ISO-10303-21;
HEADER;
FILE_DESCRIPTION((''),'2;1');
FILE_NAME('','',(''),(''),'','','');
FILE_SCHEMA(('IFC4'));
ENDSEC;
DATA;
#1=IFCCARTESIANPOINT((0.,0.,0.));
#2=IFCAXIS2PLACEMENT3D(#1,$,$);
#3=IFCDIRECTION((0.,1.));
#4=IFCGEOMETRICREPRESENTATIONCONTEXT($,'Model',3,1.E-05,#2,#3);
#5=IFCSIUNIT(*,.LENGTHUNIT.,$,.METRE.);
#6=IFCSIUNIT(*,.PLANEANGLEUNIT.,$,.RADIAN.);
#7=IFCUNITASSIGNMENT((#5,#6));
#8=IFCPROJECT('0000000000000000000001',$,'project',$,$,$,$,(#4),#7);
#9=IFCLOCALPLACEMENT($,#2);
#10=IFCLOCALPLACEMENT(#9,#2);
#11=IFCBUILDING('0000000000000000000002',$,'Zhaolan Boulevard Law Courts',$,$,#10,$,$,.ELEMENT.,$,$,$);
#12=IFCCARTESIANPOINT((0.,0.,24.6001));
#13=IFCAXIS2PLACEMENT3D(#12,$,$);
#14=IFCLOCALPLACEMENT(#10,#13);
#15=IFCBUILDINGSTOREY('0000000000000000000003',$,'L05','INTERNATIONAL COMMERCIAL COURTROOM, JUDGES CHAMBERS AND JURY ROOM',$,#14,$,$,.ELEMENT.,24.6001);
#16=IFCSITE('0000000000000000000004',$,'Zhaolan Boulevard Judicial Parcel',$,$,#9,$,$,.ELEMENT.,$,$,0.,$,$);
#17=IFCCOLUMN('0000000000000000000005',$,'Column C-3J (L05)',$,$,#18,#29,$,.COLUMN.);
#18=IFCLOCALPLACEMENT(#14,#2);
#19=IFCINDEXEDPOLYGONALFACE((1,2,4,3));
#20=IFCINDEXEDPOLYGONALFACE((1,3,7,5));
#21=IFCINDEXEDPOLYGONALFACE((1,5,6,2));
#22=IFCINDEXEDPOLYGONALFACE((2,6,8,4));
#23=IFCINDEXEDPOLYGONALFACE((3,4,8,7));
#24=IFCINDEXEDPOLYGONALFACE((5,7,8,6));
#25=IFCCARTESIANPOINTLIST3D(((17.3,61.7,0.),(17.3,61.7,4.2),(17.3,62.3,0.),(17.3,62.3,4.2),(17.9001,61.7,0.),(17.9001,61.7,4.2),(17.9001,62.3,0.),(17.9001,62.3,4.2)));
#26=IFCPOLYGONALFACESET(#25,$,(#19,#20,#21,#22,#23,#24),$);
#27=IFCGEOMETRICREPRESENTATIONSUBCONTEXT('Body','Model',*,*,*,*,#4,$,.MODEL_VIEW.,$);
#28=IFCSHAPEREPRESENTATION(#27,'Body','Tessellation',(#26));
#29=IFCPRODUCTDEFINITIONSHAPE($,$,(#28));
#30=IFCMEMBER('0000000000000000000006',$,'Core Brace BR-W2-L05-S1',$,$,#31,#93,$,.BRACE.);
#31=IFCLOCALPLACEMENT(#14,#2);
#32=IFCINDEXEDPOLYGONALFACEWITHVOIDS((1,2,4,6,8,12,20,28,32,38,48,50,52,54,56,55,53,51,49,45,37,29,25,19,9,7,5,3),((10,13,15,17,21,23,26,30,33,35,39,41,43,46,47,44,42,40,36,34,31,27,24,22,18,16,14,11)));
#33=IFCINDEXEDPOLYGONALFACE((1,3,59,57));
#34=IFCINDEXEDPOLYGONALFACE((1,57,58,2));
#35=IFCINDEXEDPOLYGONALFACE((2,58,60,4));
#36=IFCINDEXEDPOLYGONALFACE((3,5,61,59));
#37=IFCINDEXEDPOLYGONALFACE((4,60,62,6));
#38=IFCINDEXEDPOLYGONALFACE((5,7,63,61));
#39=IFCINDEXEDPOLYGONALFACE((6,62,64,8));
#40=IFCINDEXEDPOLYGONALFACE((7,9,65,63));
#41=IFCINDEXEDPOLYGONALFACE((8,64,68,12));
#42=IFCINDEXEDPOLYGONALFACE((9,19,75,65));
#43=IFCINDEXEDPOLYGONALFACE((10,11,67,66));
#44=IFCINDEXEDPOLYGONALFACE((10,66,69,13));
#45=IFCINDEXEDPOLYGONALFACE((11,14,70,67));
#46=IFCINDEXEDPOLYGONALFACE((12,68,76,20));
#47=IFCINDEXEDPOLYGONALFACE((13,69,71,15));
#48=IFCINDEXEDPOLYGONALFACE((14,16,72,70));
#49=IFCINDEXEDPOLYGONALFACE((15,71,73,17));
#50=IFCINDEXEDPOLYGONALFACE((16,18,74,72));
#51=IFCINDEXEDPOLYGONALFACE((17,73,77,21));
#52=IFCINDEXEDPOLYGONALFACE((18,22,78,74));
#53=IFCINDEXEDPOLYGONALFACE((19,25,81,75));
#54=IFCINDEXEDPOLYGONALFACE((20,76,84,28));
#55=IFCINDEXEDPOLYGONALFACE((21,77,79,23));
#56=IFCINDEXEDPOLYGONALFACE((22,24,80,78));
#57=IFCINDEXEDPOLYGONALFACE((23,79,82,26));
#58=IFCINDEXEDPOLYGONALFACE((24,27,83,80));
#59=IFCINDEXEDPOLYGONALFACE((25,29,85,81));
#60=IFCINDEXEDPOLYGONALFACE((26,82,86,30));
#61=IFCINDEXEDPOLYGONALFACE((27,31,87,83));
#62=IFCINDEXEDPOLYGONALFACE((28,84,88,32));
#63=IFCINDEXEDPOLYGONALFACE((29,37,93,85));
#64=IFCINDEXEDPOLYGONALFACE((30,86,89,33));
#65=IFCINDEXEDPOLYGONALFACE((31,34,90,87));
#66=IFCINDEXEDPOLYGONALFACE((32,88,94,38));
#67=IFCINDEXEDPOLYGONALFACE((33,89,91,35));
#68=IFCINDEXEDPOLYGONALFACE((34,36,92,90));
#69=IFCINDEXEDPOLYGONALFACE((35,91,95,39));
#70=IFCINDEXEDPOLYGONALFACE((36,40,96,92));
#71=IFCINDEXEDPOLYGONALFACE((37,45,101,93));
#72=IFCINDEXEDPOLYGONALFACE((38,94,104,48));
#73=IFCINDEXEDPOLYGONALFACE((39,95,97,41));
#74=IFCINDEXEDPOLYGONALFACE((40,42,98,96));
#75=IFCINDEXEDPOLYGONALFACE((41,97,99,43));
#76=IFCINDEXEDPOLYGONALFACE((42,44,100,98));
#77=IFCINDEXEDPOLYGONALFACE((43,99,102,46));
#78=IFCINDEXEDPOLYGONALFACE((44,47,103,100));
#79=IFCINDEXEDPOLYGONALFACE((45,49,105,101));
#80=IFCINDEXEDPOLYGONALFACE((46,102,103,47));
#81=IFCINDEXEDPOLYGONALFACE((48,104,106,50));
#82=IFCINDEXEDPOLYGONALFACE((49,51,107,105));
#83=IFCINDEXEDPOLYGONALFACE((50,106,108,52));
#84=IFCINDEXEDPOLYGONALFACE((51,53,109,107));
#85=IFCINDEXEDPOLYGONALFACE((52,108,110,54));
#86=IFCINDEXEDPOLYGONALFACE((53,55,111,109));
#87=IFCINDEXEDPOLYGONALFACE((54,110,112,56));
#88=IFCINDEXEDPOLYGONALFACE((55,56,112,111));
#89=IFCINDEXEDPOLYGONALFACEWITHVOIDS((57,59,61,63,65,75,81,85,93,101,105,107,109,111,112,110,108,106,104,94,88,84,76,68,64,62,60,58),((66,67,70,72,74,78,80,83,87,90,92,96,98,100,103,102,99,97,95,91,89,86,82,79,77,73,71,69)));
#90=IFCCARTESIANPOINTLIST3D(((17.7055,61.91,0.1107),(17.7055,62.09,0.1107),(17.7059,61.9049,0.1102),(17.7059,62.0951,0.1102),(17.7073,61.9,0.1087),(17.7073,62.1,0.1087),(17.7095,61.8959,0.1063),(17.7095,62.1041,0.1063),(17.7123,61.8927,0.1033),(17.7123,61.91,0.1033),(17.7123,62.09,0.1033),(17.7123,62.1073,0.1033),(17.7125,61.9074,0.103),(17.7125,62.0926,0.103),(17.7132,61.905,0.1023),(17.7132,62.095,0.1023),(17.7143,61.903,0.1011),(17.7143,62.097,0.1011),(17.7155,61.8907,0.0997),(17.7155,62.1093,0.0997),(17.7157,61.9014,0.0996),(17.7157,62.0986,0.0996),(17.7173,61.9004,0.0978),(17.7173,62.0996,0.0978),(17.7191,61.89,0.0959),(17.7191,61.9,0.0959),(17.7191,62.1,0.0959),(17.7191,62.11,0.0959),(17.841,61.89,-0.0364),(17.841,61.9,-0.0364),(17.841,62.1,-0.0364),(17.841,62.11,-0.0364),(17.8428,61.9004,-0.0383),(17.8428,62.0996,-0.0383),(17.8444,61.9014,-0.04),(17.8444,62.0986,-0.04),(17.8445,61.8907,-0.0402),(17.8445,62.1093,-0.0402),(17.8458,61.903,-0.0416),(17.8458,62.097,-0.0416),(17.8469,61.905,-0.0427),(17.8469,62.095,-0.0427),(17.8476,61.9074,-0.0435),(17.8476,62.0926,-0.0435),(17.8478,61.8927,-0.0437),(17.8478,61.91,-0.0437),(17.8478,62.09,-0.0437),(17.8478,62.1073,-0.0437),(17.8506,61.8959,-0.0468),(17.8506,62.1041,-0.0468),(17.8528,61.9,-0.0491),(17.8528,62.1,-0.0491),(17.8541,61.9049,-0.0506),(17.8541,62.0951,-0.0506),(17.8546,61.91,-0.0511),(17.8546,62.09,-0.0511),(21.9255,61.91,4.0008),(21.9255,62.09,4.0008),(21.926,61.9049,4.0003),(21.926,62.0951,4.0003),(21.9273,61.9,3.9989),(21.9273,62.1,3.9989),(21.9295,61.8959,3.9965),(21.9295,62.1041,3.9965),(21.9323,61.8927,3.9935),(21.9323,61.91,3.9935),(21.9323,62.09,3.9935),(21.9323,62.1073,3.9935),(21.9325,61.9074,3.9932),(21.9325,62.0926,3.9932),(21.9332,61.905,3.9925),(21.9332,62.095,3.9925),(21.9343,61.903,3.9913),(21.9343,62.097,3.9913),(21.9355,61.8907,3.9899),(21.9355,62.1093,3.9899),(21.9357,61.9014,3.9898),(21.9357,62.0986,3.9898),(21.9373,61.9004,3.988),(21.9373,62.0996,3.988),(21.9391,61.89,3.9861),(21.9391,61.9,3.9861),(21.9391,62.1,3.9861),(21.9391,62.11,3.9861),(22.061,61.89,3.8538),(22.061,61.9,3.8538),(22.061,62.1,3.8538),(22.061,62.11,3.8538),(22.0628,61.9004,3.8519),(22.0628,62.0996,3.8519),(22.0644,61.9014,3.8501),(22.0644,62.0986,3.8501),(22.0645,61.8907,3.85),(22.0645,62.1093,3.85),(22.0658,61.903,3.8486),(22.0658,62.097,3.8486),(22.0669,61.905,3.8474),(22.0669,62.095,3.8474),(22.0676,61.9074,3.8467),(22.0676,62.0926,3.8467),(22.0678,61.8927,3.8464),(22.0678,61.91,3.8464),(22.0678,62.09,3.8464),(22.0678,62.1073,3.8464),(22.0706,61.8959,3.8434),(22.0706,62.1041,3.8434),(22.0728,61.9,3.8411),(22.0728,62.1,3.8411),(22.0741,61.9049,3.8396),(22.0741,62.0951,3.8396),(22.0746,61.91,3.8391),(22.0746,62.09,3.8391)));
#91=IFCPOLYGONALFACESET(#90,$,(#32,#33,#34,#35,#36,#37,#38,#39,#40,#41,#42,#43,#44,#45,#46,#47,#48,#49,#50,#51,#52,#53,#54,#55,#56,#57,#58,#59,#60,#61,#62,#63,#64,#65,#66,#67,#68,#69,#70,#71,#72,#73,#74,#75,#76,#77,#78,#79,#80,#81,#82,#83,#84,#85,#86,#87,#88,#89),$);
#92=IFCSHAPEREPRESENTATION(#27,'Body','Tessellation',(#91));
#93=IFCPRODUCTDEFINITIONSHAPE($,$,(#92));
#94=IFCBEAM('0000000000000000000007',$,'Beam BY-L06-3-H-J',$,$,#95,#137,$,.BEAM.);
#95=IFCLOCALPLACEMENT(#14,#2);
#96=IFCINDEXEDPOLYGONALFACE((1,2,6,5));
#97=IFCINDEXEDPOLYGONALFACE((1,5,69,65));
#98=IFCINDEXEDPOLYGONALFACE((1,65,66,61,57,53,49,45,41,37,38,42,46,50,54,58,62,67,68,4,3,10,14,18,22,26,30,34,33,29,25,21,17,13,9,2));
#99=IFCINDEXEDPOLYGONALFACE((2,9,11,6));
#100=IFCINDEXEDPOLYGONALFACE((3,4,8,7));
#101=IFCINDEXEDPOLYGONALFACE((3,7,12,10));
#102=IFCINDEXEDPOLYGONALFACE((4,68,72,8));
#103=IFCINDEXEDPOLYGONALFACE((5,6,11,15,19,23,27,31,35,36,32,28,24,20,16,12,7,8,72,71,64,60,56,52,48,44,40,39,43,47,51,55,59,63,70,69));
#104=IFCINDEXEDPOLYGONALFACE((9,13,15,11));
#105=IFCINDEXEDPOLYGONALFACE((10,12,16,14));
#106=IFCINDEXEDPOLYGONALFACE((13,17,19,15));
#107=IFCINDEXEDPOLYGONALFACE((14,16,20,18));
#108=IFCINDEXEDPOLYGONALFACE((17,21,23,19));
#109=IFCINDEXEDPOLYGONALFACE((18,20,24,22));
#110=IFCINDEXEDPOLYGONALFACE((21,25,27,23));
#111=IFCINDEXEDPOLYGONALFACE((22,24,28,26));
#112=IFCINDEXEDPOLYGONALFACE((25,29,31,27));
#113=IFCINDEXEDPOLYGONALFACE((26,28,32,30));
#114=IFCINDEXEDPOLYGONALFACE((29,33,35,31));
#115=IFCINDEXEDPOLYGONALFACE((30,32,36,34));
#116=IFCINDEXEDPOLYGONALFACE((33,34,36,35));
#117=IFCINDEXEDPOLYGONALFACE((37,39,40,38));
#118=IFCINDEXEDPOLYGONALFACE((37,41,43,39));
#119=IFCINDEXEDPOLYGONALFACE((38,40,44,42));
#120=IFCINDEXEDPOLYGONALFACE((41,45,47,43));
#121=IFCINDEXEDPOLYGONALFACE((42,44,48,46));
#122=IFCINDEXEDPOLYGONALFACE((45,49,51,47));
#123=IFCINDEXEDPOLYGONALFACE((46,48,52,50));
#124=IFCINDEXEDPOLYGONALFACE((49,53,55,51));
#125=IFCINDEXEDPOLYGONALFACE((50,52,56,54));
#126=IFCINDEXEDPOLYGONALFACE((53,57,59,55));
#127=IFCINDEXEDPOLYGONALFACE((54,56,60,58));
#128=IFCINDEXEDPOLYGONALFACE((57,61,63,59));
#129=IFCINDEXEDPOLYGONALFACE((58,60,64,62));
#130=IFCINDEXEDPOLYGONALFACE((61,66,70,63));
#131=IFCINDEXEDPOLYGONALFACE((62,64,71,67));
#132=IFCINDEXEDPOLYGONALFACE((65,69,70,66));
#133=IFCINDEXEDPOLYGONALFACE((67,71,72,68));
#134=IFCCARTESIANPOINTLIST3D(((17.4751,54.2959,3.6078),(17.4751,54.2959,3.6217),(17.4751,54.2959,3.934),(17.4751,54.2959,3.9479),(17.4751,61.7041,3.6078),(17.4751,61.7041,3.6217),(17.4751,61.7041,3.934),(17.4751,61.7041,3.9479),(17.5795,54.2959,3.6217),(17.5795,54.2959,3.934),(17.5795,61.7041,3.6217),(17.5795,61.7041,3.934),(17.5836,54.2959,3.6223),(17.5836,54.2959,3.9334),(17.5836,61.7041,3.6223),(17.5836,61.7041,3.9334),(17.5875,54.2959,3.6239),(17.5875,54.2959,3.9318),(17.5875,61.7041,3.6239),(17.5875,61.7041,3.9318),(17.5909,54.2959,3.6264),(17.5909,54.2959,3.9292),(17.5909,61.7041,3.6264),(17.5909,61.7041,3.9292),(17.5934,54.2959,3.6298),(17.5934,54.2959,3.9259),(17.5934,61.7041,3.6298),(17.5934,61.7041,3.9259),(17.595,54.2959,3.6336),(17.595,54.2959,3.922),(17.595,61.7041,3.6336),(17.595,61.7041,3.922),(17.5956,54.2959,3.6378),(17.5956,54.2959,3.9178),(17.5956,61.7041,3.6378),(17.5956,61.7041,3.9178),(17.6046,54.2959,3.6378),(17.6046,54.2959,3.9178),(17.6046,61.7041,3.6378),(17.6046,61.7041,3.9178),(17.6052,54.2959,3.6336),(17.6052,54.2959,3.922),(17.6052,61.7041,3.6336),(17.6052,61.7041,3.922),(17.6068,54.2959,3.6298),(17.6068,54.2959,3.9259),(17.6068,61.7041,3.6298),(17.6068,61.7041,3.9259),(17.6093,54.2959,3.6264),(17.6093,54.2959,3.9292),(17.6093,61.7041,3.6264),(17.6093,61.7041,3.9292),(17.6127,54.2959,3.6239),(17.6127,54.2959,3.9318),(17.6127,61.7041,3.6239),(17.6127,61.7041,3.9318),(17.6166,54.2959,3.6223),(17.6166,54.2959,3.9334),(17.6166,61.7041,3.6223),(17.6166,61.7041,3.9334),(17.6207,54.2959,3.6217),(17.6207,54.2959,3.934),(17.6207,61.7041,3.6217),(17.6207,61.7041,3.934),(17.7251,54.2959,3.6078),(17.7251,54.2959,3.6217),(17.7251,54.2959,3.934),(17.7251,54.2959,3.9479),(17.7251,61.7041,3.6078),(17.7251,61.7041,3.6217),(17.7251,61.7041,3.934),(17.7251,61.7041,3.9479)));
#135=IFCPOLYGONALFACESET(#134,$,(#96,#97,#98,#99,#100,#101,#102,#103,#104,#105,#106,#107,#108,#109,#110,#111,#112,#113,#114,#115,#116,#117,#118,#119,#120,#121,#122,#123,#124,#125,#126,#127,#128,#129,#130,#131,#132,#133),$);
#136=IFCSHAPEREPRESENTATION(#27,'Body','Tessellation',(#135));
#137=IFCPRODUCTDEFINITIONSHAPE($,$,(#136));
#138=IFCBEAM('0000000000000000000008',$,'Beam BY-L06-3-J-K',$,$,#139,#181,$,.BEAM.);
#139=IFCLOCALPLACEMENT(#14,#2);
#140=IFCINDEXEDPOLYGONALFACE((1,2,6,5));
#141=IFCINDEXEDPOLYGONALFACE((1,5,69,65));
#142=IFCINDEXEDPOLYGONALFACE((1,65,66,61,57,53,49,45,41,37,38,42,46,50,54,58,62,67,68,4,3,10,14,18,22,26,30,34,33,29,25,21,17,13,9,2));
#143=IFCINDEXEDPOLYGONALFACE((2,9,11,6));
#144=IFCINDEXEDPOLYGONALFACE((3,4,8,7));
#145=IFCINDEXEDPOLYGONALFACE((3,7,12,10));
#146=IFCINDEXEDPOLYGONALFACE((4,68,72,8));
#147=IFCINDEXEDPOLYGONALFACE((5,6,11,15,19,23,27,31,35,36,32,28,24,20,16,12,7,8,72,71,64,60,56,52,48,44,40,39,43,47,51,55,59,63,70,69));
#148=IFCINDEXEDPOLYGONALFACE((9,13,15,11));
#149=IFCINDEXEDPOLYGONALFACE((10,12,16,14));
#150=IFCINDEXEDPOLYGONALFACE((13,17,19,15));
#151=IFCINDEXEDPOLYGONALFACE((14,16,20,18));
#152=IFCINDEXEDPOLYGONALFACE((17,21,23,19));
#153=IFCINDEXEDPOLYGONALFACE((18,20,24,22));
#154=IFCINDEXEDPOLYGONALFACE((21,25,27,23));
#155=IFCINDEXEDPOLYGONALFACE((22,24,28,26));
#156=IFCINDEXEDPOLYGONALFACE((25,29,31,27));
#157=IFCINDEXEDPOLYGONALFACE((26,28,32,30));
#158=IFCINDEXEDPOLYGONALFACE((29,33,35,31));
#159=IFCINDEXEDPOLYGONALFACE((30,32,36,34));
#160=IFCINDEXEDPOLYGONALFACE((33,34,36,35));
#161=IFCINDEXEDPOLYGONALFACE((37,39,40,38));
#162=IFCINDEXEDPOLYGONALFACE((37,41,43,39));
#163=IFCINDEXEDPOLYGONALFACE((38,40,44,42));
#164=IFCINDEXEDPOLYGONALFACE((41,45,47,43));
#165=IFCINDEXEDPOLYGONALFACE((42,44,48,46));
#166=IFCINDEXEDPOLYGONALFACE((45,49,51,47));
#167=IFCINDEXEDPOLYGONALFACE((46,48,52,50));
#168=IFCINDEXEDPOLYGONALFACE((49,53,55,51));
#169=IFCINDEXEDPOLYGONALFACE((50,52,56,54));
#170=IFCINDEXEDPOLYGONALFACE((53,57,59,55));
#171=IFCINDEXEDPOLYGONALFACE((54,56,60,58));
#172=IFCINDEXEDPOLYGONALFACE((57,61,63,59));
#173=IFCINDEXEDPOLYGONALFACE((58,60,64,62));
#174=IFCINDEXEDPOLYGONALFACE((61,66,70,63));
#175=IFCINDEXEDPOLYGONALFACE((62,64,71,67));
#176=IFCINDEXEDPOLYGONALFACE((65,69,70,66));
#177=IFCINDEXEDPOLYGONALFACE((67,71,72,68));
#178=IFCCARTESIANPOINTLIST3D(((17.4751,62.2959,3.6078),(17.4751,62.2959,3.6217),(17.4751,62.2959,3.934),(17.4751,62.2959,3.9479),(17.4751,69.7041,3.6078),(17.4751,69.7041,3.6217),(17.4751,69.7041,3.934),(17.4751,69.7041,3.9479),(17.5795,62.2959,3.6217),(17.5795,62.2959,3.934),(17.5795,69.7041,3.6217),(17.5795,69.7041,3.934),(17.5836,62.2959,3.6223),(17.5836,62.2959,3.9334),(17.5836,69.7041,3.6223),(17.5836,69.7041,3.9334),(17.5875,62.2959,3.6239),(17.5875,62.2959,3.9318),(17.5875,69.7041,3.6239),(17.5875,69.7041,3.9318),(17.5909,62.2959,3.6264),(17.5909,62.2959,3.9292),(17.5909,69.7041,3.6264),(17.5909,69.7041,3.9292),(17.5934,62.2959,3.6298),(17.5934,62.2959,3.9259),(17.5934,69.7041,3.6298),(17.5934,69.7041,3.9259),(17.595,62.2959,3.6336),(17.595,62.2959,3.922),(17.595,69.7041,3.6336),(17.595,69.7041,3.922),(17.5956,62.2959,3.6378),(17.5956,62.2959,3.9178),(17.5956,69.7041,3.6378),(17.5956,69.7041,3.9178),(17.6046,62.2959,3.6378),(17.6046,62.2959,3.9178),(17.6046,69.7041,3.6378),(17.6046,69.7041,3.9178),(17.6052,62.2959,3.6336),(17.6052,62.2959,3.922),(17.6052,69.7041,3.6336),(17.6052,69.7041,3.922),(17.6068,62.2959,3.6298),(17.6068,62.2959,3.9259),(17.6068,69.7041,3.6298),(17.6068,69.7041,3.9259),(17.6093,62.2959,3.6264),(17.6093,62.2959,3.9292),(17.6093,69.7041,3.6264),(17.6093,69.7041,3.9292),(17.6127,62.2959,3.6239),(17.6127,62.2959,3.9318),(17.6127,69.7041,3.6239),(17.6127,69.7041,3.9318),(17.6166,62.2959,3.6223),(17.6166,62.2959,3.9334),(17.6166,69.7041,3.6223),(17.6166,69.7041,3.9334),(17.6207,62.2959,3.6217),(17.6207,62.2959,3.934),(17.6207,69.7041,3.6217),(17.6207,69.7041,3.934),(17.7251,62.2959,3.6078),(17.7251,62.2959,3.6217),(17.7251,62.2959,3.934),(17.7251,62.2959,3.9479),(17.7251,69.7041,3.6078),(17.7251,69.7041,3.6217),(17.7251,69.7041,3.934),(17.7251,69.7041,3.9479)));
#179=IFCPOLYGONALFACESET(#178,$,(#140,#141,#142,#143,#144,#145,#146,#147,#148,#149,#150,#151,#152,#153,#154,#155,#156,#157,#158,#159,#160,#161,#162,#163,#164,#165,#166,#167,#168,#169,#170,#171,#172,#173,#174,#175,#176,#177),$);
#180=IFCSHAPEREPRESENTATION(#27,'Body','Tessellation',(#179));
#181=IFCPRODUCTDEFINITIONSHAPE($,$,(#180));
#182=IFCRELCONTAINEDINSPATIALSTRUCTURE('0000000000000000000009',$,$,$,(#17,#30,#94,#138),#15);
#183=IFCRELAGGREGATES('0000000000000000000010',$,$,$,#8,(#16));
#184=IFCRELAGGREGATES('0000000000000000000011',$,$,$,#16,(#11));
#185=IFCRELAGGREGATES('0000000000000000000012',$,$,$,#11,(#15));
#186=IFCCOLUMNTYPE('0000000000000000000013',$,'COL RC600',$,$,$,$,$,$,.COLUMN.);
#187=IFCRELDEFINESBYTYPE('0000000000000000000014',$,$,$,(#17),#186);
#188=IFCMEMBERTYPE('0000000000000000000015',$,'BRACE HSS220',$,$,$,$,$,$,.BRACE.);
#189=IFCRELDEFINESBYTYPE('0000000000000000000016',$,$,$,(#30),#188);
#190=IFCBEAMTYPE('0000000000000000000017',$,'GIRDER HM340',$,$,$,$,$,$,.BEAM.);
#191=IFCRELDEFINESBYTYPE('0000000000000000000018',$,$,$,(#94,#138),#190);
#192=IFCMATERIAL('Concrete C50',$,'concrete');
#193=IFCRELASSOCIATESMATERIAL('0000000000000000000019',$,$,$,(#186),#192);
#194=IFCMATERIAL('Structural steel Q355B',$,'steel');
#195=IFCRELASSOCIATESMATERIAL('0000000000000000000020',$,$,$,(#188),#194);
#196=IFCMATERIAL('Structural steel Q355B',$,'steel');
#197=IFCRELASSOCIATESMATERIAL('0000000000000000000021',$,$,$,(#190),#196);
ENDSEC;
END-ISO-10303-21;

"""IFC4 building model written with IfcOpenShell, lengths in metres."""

from ifc_helpers import new_model, si_unit, direction, frame, origin, origin_2d, place, context, subcontext, project, spatial, rectangle, hollow_rectangle, i_section, extrude, material, material_profile, profile_set, type_object, element, save


model = new_model("IFC4")

# Units and contexts
model_context = context("Model", 3, precision=1e-05, world=origin(), true_north=direction((0.0, 1.0)))
body_context = subcontext(model_context, "Body", "Model", "MODEL_VIEW")
ifc_project = project(units=[si_unit("LENGTHUNIT", "METRE"), si_unit("PLANEANGLEUNIT", "RADIAN")], contexts=[model_context])

# Site, building, storey
site_placement = place(None, origin())
site = spatial("IfcSite", under=ifc_project, at=site_placement, Name="Zhaolan Boulevard Judicial Parcel", CompositionType="ELEMENT", RefElevation=0.0)
building_placement = place(site_placement, origin())
building = spatial("IfcBuilding", under=site, at=building_placement, Name="Zhaolan Boulevard Law Courts", CompositionType="ELEMENT")
storey_placement = place(building_placement, frame((0.0, 0.0, 24.6001)))
storey = spatial("IfcBuildingStorey", under=building, at=storey_placement, Name="L05", Description="INTERNATIONAL COMMERCIAL COURTROOM, JUDGES CHAMBERS AND JURY ROOM", CompositionType="ELEMENT", Elevation=24.6001)

# Column
ifc_material_1 = material(Name="Concrete C50", Category="concrete")
ifc_material_profile_1 = material_profile(ifc_material_1, rectangle(XDim=0.6001, YDim=0.6001, at=origin_2d()), Name="RC600x600")
ifc_profile_set_1 = profile_set([ifc_material_profile_1], Name="Concrete C50")
column_type = type_object("IfcColumnType", Name="COL RC600", PredefinedType="COLUMN", material=ifc_profile_set_1)
column_placement = place(storey_placement, frame((17.6001, 62.0, 0.0), z_axis=(0.0, 0.0, 1.0), x_axis=(1.0, 0.0, 0.0)))
element("IfcColumn", 1, at=column_placement, inside=storey, type_object=column_type, Name="Column C-3J (L05)", PredefinedType="COLUMN", context=body_context, shape_type="SweptSolid", body=[
    extrude(rectangle(XDim=0.6001, YDim=0.6001, at=origin_2d()), origin(), (0.0, 0.0, 1.0), 4.2),
])

# Member
ifc_material_2 = material(Name="Structural steel Q355B", Category="steel")
ifc_material_profile_2 = material_profile(ifc_material_2, hollow_rectangle(XDim=0.22, YDim=0.22, WallThickness=0.01, InnerFilletRadius=0.01, OuterFilletRadius=0.02, at=origin_2d()), Name="HSS220x220x10")
ifc_profile_set_2 = profile_set([ifc_material_profile_2], Name="Structural steel Q355B")
member_type = type_object("IfcMemberType", Name="BRACE HSS220", PredefinedType="BRACE", material=ifc_profile_set_2)
member_placement = place(storey_placement, frame((17.78, 62.0, 0.0298), z_axis=(0.735257, 0.0, 0.677789), x_axis=(0.0, 1.0, 0.0)))
element("IfcMember", 2, at=member_placement, inside=storey, type_object=member_type, Name="Core Brace BR-W2-L05-S1", PredefinedType="BRACE", context=body_context, shape_type="SweptSolid", body=[
    extrude(hollow_rectangle(XDim=0.22, YDim=0.22, WallThickness=0.01, InnerFilletRadius=0.01, OuterFilletRadius=0.02, at=origin_2d()), origin(), (0.0, 0.0, 1.0), 5.7395),
])

# Beams
ifc_material_3 = material(Name="Structural steel Q355B", Category="steel")
ifc_material_profile_3 = material_profile(ifc_material_3, i_section(OverallWidth=0.25, OverallDepth=0.3401, WebThickness=0.009, FlangeThickness=0.0139, FilletRadius=0.0161, at=origin_2d()), Name="HM340x250")
ifc_profile_set_3 = profile_set([ifc_material_profile_3], Name="Structural steel Q355B")
beam_type_1 = type_object("IfcBeamType", Name="GIRDER HM340", PredefinedType="BEAM", material=ifc_profile_set_3)
for number, where, z_axis, x_axis, name in (
    (3, (17.6001, 54.2959, 3.7778), (0.0, 1.0, 0.0), (-1.0, 0.0, 0.0), "Beam BY-L06-3-H-J"),
    (4, (17.6001, 62.2959, 3.7778), (0.0, 1.0, 0.0), (-1.0, 0.0, 0.0), "Beam BY-L06-3-J-K"),
):
    element("IfcBeam", number, at=place(storey_placement, frame(where, z_axis=z_axis, x_axis=x_axis)), inside=storey, type_object=beam_type_1, Name=name, PredefinedType="BEAM", context=body_context, shape_type="SweptSolid", body=[
        extrude(i_section(OverallWidth=0.25, OverallDepth=0.3401, WebThickness=0.009, FlangeThickness=0.0139, FilletRadius=0.0161, at=origin_2d()), origin(), (0.0, 0.0, 1.0), 7.4082),
    ])

save(model, "model.ifc")
